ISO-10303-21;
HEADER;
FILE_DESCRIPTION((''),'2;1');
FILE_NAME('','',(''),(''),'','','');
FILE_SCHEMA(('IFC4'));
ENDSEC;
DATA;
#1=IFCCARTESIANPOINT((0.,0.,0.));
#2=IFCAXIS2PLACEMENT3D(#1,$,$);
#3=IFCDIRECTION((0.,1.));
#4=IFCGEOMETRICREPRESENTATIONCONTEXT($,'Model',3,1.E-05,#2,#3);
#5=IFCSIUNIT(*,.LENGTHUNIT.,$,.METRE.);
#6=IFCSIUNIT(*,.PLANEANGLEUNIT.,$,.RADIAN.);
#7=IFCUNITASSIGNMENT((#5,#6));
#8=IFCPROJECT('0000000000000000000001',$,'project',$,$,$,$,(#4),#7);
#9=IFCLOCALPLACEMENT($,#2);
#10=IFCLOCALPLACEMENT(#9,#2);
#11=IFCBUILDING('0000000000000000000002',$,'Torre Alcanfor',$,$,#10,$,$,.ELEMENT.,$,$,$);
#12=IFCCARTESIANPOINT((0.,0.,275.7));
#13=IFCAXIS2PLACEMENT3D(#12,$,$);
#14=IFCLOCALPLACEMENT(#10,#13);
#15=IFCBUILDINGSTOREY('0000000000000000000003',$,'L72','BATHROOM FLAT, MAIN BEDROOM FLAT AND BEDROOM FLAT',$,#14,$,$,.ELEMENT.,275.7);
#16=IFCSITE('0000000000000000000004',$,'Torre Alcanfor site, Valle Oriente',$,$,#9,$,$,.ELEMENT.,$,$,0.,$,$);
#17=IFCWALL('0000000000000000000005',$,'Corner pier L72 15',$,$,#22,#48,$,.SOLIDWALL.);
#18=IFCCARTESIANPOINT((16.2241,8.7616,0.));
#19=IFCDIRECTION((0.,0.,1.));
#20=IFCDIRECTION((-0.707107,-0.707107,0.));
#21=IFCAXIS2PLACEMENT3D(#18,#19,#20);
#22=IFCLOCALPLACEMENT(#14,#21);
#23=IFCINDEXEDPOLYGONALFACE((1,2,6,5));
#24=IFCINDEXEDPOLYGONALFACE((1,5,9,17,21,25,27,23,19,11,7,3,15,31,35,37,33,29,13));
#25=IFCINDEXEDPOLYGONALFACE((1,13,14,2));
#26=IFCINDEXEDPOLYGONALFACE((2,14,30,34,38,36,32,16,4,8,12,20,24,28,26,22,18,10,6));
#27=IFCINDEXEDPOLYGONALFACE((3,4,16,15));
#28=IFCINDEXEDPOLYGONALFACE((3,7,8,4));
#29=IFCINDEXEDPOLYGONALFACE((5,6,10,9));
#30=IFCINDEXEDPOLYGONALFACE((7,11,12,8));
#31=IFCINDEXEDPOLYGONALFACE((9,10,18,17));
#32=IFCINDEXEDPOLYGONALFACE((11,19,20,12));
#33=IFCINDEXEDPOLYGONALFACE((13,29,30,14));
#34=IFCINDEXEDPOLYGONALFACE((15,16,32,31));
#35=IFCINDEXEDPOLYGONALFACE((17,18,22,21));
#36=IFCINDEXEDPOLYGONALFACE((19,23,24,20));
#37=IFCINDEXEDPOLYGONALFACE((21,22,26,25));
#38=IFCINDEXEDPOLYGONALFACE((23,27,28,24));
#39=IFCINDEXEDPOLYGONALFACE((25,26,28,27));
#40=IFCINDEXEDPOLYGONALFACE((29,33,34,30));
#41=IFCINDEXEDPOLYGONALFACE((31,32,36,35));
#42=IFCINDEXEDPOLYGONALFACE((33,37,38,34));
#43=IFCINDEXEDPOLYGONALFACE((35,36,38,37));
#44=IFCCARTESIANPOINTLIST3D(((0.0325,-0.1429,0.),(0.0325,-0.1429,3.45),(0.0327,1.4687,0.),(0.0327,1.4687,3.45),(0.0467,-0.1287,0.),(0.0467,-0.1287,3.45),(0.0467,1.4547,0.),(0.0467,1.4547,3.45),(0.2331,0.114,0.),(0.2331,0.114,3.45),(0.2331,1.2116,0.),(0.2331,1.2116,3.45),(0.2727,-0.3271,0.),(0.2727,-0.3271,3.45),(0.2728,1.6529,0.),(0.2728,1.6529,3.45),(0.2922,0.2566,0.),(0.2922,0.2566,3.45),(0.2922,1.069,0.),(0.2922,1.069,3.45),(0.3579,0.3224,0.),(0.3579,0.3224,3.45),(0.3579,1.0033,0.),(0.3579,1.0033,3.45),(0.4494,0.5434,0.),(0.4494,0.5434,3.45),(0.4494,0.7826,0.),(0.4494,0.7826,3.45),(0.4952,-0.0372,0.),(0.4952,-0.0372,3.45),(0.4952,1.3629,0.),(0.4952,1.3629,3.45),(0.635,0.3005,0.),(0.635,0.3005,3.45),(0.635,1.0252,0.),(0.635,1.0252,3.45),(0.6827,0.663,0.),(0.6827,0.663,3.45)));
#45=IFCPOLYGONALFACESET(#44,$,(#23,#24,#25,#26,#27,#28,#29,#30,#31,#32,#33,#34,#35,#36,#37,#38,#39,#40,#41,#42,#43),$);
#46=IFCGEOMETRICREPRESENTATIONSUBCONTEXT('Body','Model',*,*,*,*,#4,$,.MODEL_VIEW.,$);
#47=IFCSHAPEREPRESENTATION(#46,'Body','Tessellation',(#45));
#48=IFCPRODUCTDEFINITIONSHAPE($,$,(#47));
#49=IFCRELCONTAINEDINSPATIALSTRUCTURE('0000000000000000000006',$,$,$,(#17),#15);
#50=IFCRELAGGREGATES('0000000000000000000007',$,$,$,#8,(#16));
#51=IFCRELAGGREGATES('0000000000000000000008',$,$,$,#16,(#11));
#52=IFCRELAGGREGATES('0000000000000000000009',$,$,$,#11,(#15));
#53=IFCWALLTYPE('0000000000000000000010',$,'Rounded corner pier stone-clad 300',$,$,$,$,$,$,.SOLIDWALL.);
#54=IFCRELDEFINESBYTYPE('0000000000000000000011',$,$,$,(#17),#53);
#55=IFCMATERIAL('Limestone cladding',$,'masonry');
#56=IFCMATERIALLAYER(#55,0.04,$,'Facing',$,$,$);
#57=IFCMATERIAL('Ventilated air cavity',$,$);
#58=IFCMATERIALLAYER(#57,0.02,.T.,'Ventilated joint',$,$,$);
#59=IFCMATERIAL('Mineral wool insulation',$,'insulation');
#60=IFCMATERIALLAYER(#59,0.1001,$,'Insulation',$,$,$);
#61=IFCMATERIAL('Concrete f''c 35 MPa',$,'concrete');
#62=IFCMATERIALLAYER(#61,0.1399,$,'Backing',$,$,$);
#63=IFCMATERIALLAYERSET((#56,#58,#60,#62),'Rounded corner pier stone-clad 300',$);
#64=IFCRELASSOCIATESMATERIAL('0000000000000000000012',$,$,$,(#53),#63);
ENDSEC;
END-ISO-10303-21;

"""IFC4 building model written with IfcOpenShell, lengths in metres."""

from ifc_helpers import new_model, si_unit, direction, frame, origin, place, context, subcontext, project, spatial, polyline, outline, extrude, material, layer, layer_set, type_object, element, save


model = new_model("IFC4")

# Units and contexts
model_context = context("Model", 3, precision=1e-05, world=origin(), true_north=direction((0.0, 1.0)))
body_context = subcontext(model_context, "Body", "Model", "MODEL_VIEW")
ifc_project = project(units=[si_unit("LENGTHUNIT", "METRE"), si_unit("PLANEANGLEUNIT", "RADIAN")], contexts=[model_context])

# Site, building, storey
site_placement = place(None, origin())
site = spatial("IfcSite", under=ifc_project, at=site_placement, Name="Torre Alcanfor site, Valle Oriente", CompositionType="ELEMENT", RefElevation=0.0)
building_placement = place(site_placement, origin())
building = spatial("IfcBuilding", under=site, at=building_placement, Name="Torre Alcanfor", CompositionType="ELEMENT")
storey_placement = place(building_placement, frame((0.0, 0.0, 275.7)))
storey = spatial("IfcBuildingStorey", under=building, at=storey_placement, Name="L72", Description="BATHROOM FLAT, MAIN BEDROOM FLAT AND BEDROOM FLAT", CompositionType="ELEMENT", Elevation=275.7)

# Shared definitions
ifc_material_1 = material(Name="Limestone cladding", Category="masonry")
ifc_material_2 = material(Name="Ventilated air cavity")
ifc_material_3 = material(Name="Mineral wool insulation", Category="insulation")
ifc_material_4 = material(Name="Concrete f'c 35 MPa", Category="concrete")

# Wall
ifc_layer_1 = layer(ifc_material_1, 0.04, Name="Facing")
ifc_layer_2 = layer(ifc_material_2, 0.02, ventilated=True, Name="Ventilated joint")
ifc_layer_3 = layer(ifc_material_3, 0.1001, Name="Insulation")
ifc_layer_4 = layer(ifc_material_4, 0.1399, Name="Backing")
ifc_layer_set_1 = layer_set([ifc_layer_1, ifc_layer_2, ifc_layer_3, ifc_layer_4], Name="Rounded corner pier stone-clad 300")
wall_type_1 = type_object("IfcWallType", Name="Rounded corner pier stone-clad 300", PredefinedType="SOLIDWALL", material=ifc_layer_set_1)
wall_1_placement = place(storey_placement, frame((16.2241, 8.7616, 0.0), z_axis=(0.0, 0.0, 1.0), x_axis=(-0.707107, -0.707107, 0.0)))
element("IfcWall", 1, at=wall_1_placement, inside=storey, type_object=wall_type_1, Name="Corner pier L72 15", PredefinedType="SOLIDWALL", context=body_context, shape_type="SweptSolid", body=[
    extrude(outline(polyline([(0.0327, 1.4687), (0.0467, 1.4547), (0.2331, 1.2116), (0.2922, 1.069), (0.3579, 1.0033), (0.4494, 0.7826), (0.4494, 0.5434), (0.3579, 0.3224), (0.2922, 0.2566), (0.2331, 0.114), (0.0467, -0.1287), (0.0325, -0.1429), (0.2727, -0.3271), (0.4952, -0.0372), (0.635, 0.3005), (0.6827, 0.663), (0.635, 1.0252), (0.4952, 1.3629), (0.2728, 1.6529), (0.0327, 1.4687)])), origin(), (0.0, 0.0, 1.0), 3.45),
])

save(model, "model.ifc")
